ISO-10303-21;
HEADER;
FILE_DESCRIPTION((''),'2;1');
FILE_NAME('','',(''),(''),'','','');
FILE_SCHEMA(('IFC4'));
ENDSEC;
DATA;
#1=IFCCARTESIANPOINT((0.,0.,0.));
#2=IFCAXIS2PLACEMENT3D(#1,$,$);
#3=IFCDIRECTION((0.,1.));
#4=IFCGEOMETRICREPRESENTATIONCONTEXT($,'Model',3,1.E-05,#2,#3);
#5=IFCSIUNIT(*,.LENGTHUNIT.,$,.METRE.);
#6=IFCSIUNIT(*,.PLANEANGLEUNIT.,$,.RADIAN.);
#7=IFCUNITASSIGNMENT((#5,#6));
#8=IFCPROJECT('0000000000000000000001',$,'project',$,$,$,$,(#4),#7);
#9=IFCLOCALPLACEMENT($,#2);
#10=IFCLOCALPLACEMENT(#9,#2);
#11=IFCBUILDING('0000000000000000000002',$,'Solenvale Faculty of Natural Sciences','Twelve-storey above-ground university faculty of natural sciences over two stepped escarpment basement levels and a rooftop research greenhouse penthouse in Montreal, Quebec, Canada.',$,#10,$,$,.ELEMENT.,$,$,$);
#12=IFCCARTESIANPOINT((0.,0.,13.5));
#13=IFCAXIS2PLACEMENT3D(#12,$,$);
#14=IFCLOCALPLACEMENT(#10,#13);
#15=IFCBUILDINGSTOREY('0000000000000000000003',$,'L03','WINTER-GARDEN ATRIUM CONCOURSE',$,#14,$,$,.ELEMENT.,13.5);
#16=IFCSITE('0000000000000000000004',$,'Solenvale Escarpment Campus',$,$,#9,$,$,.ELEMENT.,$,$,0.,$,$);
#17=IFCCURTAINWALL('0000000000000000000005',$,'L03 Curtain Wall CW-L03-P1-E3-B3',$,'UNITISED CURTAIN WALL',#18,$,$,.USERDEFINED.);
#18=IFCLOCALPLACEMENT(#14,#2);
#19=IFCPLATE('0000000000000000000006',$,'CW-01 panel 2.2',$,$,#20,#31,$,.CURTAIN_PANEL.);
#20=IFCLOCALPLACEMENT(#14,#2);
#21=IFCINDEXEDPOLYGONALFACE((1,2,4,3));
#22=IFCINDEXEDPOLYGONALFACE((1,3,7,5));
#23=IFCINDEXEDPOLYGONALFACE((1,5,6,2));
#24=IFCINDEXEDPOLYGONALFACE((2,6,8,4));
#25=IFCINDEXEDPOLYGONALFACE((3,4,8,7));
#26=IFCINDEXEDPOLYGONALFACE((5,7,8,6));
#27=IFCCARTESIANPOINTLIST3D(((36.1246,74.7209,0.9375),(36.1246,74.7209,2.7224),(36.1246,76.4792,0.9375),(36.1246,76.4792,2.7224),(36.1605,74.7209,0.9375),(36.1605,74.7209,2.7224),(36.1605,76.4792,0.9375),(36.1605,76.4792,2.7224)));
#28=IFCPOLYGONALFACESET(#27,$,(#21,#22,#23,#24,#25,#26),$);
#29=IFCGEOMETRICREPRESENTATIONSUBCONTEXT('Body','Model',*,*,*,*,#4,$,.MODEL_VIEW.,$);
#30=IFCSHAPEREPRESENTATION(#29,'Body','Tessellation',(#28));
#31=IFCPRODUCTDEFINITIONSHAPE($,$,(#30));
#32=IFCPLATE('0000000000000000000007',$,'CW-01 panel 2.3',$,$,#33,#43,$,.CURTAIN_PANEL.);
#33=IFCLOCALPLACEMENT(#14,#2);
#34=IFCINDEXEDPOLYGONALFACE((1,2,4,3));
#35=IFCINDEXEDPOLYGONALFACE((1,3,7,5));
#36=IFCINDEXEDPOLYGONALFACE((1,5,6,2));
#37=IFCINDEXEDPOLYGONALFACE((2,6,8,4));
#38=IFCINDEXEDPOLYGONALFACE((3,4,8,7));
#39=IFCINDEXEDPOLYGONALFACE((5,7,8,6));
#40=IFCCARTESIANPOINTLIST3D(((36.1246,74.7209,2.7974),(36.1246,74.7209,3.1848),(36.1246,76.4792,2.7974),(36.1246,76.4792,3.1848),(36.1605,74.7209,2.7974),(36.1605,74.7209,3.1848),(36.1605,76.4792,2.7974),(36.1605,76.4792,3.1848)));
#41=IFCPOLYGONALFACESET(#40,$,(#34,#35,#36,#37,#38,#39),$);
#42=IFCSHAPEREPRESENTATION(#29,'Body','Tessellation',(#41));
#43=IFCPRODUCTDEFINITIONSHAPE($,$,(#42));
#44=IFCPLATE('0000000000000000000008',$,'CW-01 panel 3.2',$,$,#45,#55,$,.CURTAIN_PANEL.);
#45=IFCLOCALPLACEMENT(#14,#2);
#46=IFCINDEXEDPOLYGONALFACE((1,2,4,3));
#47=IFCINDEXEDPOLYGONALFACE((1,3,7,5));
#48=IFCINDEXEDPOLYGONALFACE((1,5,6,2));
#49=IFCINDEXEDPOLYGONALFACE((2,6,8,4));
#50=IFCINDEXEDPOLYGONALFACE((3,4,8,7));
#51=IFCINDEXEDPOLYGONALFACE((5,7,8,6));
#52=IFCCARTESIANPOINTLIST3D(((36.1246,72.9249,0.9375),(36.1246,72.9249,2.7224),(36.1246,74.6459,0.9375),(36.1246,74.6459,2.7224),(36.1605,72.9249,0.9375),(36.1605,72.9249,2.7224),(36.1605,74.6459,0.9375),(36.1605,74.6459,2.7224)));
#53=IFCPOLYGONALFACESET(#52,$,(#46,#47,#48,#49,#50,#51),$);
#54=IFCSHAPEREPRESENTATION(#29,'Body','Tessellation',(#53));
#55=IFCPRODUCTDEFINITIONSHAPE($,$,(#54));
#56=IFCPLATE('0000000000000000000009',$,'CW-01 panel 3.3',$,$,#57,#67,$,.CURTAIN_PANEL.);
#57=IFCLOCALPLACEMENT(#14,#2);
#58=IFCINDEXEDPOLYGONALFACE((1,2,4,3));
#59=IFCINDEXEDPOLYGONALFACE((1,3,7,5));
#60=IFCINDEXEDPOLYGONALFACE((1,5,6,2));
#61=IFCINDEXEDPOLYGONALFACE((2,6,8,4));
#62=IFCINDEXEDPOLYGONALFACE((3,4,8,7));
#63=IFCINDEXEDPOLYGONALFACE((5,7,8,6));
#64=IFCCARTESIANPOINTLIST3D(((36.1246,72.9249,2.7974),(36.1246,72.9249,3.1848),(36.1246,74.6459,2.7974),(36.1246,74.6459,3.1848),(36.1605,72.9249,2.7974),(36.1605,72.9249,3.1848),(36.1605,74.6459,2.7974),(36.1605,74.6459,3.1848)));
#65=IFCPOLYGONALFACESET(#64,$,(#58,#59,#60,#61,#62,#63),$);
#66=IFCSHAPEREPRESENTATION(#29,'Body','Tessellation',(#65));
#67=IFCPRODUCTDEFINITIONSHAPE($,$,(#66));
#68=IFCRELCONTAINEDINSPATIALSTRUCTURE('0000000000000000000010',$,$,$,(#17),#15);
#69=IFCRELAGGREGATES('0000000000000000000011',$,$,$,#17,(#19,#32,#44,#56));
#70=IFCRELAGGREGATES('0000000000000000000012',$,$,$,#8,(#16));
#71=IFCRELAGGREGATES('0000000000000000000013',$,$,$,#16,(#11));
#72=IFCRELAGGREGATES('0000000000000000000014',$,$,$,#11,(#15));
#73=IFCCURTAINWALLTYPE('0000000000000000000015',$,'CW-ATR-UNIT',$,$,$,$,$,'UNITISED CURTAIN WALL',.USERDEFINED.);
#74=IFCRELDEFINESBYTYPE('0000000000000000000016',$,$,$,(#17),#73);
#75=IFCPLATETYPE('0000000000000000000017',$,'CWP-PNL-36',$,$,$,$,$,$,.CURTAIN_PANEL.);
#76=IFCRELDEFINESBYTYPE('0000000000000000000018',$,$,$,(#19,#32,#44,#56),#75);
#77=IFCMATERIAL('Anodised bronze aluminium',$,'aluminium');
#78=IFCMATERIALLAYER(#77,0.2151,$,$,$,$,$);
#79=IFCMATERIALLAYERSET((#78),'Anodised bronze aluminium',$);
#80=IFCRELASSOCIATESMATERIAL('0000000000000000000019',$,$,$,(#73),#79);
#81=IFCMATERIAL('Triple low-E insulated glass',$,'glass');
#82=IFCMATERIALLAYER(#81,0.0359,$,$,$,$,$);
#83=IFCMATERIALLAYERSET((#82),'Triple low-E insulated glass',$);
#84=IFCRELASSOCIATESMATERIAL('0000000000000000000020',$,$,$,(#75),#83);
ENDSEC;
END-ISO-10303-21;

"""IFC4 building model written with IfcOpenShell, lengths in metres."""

from ifc_helpers import new_model, si_unit, direction, frame, origin, origin_2d, place, context, subcontext, project, spatial, rectangle, extrude, material, layer, layer_set, type_object, element, aggregate, save


model = new_model("IFC4")

# Units and contexts
model_context = context("Model", 3, precision=1e-05, world=origin(), true_north=direction((0.0, 1.0)))
body_context = subcontext(model_context, "Body", "Model", "MODEL_VIEW")
ifc_project = project(units=[si_unit("LENGTHUNIT", "METRE"), si_unit("PLANEANGLEUNIT", "RADIAN")], contexts=[model_context])

# Site, building, storey
site_placement = place(None, origin())
site = spatial("IfcSite", under=ifc_project, at=site_placement, Name="Solenvale Escarpment Campus", CompositionType="ELEMENT", RefElevation=0.0)
building_placement = place(site_placement, origin())
building = spatial("IfcBuilding", under=site, at=building_placement, Name="Solenvale Faculty of Natural Sciences", Description="Twelve-storey above-ground university faculty of natural sciences over two stepped escarpment basement levels and a rooftop research greenhouse penthouse in Montreal, Quebec, Canada.", CompositionType="ELEMENT")
storey_placement = place(building_placement, frame((0.0, 0.0, 13.5)))
storey = spatial("IfcBuildingStorey", under=building, at=storey_placement, Name="L03", Description="WINTER-GARDEN ATRIUM CONCOURSE", CompositionType="ELEMENT", Elevation=13.5)

# Curtain wall, plates
ifc_material_1 = material(Name="Anodised bronze aluminium", Category="aluminium")
ifc_layer_1 = layer(ifc_material_1, 0.2151)
ifc_layer_set_1 = layer_set([ifc_layer_1], Name="Anodised bronze aluminium")
curtain_wall_type = type_object("IfcCurtainWallType", Name="CW-ATR-UNIT", ElementType="UNITISED CURTAIN WALL", PredefinedType="USERDEFINED", material=ifc_layer_set_1)
curtain_wall_placement = place(storey_placement, origin())
curtain_wall = element("IfcCurtainWall", 1, at=curtain_wall_placement, inside=storey, type_object=curtain_wall_type, Name="L03 Curtain Wall CW-L03-P1-E3-B3", ObjectType="UNITISED CURTAIN WALL", PredefinedType="USERDEFINED")
ifc_material_2 = material(Name="Triple low-E insulated glass", Category="glass")
ifc_layer_2 = layer(ifc_material_2, 0.0359)
ifc_layer_set_2 = layer_set([ifc_layer_2], Name="Triple low-E insulated glass")
plate_type = type_object("IfcPlateType", Name="CWP-PNL-36", PredefinedType="CURTAIN_PANEL", material=ifc_layer_set_2)
plate_1_placement = place(storey_placement, frame((36.1426, 75.6001, 0.9375), z_axis=(0.0, 0.0, 1.0), x_axis=(0.0, -1.0, 0.0)))
plate_1 = element("IfcPlate", 2, at=plate_1_placement, type_object=plate_type, Name="CW-01 panel 2.2", PredefinedType="CURTAIN_PANEL", context=body_context, shape_type="SweptSolid", body=[
    extrude(rectangle(XDim=1.7583, YDim=0.0359, at=origin_2d()), origin(), (0.0, 0.0, 1.0), 1.7849),
])
plate_2_placement = place(storey_placement, frame((36.1426, 75.6001, 2.7974), z_axis=(0.0, 0.0, 1.0), x_axis=(0.0, -1.0, 0.0)))
plate_2 = element("IfcPlate", 3, at=plate_2_placement, type_object=plate_type, Name="CW-01 panel 2.3", PredefinedType="CURTAIN_PANEL", context=body_context, shape_type="SweptSolid", body=[
    extrude(rectangle(XDim=1.7583, YDim=0.0359, at=origin_2d()), origin(), (0.0, 0.0, 1.0), 0.3875),
])
plate_3_placement = place(storey_placement, frame((36.1426, 73.7854, 0.9375), z_axis=(0.0, 0.0, 1.0), x_axis=(0.0, -1.0, 0.0)))
plate_3 = element("IfcPlate", 4, at=plate_3_placement, type_object=plate_type, Name="CW-01 panel 3.2", PredefinedType="CURTAIN_PANEL", context=body_context, shape_type="SweptSolid", body=[
    extrude(rectangle(XDim=1.7209, YDim=0.0359, at=origin_2d()), origin(), (0.0, 0.0, 1.0), 1.7849),
])
plate_4_placement = place(storey_placement, frame((36.1426, 73.7854, 2.7974), z_axis=(0.0, 0.0, 1.0), x_axis=(0.0, -1.0, 0.0)))
plate_4 = element("IfcPlate", 5, at=plate_4_placement, type_object=plate_type, Name="CW-01 panel 3.3", PredefinedType="CURTAIN_PANEL", context=body_context, shape_type="SweptSolid", body=[
    extrude(rectangle(XDim=1.7209, YDim=0.0359, at=origin_2d()), origin(), (0.0, 0.0, 1.0), 0.3875),
])
aggregate(curtain_wall, [plate_1, plate_2, plate_3, plate_4])

save(model, "model.ifc")
